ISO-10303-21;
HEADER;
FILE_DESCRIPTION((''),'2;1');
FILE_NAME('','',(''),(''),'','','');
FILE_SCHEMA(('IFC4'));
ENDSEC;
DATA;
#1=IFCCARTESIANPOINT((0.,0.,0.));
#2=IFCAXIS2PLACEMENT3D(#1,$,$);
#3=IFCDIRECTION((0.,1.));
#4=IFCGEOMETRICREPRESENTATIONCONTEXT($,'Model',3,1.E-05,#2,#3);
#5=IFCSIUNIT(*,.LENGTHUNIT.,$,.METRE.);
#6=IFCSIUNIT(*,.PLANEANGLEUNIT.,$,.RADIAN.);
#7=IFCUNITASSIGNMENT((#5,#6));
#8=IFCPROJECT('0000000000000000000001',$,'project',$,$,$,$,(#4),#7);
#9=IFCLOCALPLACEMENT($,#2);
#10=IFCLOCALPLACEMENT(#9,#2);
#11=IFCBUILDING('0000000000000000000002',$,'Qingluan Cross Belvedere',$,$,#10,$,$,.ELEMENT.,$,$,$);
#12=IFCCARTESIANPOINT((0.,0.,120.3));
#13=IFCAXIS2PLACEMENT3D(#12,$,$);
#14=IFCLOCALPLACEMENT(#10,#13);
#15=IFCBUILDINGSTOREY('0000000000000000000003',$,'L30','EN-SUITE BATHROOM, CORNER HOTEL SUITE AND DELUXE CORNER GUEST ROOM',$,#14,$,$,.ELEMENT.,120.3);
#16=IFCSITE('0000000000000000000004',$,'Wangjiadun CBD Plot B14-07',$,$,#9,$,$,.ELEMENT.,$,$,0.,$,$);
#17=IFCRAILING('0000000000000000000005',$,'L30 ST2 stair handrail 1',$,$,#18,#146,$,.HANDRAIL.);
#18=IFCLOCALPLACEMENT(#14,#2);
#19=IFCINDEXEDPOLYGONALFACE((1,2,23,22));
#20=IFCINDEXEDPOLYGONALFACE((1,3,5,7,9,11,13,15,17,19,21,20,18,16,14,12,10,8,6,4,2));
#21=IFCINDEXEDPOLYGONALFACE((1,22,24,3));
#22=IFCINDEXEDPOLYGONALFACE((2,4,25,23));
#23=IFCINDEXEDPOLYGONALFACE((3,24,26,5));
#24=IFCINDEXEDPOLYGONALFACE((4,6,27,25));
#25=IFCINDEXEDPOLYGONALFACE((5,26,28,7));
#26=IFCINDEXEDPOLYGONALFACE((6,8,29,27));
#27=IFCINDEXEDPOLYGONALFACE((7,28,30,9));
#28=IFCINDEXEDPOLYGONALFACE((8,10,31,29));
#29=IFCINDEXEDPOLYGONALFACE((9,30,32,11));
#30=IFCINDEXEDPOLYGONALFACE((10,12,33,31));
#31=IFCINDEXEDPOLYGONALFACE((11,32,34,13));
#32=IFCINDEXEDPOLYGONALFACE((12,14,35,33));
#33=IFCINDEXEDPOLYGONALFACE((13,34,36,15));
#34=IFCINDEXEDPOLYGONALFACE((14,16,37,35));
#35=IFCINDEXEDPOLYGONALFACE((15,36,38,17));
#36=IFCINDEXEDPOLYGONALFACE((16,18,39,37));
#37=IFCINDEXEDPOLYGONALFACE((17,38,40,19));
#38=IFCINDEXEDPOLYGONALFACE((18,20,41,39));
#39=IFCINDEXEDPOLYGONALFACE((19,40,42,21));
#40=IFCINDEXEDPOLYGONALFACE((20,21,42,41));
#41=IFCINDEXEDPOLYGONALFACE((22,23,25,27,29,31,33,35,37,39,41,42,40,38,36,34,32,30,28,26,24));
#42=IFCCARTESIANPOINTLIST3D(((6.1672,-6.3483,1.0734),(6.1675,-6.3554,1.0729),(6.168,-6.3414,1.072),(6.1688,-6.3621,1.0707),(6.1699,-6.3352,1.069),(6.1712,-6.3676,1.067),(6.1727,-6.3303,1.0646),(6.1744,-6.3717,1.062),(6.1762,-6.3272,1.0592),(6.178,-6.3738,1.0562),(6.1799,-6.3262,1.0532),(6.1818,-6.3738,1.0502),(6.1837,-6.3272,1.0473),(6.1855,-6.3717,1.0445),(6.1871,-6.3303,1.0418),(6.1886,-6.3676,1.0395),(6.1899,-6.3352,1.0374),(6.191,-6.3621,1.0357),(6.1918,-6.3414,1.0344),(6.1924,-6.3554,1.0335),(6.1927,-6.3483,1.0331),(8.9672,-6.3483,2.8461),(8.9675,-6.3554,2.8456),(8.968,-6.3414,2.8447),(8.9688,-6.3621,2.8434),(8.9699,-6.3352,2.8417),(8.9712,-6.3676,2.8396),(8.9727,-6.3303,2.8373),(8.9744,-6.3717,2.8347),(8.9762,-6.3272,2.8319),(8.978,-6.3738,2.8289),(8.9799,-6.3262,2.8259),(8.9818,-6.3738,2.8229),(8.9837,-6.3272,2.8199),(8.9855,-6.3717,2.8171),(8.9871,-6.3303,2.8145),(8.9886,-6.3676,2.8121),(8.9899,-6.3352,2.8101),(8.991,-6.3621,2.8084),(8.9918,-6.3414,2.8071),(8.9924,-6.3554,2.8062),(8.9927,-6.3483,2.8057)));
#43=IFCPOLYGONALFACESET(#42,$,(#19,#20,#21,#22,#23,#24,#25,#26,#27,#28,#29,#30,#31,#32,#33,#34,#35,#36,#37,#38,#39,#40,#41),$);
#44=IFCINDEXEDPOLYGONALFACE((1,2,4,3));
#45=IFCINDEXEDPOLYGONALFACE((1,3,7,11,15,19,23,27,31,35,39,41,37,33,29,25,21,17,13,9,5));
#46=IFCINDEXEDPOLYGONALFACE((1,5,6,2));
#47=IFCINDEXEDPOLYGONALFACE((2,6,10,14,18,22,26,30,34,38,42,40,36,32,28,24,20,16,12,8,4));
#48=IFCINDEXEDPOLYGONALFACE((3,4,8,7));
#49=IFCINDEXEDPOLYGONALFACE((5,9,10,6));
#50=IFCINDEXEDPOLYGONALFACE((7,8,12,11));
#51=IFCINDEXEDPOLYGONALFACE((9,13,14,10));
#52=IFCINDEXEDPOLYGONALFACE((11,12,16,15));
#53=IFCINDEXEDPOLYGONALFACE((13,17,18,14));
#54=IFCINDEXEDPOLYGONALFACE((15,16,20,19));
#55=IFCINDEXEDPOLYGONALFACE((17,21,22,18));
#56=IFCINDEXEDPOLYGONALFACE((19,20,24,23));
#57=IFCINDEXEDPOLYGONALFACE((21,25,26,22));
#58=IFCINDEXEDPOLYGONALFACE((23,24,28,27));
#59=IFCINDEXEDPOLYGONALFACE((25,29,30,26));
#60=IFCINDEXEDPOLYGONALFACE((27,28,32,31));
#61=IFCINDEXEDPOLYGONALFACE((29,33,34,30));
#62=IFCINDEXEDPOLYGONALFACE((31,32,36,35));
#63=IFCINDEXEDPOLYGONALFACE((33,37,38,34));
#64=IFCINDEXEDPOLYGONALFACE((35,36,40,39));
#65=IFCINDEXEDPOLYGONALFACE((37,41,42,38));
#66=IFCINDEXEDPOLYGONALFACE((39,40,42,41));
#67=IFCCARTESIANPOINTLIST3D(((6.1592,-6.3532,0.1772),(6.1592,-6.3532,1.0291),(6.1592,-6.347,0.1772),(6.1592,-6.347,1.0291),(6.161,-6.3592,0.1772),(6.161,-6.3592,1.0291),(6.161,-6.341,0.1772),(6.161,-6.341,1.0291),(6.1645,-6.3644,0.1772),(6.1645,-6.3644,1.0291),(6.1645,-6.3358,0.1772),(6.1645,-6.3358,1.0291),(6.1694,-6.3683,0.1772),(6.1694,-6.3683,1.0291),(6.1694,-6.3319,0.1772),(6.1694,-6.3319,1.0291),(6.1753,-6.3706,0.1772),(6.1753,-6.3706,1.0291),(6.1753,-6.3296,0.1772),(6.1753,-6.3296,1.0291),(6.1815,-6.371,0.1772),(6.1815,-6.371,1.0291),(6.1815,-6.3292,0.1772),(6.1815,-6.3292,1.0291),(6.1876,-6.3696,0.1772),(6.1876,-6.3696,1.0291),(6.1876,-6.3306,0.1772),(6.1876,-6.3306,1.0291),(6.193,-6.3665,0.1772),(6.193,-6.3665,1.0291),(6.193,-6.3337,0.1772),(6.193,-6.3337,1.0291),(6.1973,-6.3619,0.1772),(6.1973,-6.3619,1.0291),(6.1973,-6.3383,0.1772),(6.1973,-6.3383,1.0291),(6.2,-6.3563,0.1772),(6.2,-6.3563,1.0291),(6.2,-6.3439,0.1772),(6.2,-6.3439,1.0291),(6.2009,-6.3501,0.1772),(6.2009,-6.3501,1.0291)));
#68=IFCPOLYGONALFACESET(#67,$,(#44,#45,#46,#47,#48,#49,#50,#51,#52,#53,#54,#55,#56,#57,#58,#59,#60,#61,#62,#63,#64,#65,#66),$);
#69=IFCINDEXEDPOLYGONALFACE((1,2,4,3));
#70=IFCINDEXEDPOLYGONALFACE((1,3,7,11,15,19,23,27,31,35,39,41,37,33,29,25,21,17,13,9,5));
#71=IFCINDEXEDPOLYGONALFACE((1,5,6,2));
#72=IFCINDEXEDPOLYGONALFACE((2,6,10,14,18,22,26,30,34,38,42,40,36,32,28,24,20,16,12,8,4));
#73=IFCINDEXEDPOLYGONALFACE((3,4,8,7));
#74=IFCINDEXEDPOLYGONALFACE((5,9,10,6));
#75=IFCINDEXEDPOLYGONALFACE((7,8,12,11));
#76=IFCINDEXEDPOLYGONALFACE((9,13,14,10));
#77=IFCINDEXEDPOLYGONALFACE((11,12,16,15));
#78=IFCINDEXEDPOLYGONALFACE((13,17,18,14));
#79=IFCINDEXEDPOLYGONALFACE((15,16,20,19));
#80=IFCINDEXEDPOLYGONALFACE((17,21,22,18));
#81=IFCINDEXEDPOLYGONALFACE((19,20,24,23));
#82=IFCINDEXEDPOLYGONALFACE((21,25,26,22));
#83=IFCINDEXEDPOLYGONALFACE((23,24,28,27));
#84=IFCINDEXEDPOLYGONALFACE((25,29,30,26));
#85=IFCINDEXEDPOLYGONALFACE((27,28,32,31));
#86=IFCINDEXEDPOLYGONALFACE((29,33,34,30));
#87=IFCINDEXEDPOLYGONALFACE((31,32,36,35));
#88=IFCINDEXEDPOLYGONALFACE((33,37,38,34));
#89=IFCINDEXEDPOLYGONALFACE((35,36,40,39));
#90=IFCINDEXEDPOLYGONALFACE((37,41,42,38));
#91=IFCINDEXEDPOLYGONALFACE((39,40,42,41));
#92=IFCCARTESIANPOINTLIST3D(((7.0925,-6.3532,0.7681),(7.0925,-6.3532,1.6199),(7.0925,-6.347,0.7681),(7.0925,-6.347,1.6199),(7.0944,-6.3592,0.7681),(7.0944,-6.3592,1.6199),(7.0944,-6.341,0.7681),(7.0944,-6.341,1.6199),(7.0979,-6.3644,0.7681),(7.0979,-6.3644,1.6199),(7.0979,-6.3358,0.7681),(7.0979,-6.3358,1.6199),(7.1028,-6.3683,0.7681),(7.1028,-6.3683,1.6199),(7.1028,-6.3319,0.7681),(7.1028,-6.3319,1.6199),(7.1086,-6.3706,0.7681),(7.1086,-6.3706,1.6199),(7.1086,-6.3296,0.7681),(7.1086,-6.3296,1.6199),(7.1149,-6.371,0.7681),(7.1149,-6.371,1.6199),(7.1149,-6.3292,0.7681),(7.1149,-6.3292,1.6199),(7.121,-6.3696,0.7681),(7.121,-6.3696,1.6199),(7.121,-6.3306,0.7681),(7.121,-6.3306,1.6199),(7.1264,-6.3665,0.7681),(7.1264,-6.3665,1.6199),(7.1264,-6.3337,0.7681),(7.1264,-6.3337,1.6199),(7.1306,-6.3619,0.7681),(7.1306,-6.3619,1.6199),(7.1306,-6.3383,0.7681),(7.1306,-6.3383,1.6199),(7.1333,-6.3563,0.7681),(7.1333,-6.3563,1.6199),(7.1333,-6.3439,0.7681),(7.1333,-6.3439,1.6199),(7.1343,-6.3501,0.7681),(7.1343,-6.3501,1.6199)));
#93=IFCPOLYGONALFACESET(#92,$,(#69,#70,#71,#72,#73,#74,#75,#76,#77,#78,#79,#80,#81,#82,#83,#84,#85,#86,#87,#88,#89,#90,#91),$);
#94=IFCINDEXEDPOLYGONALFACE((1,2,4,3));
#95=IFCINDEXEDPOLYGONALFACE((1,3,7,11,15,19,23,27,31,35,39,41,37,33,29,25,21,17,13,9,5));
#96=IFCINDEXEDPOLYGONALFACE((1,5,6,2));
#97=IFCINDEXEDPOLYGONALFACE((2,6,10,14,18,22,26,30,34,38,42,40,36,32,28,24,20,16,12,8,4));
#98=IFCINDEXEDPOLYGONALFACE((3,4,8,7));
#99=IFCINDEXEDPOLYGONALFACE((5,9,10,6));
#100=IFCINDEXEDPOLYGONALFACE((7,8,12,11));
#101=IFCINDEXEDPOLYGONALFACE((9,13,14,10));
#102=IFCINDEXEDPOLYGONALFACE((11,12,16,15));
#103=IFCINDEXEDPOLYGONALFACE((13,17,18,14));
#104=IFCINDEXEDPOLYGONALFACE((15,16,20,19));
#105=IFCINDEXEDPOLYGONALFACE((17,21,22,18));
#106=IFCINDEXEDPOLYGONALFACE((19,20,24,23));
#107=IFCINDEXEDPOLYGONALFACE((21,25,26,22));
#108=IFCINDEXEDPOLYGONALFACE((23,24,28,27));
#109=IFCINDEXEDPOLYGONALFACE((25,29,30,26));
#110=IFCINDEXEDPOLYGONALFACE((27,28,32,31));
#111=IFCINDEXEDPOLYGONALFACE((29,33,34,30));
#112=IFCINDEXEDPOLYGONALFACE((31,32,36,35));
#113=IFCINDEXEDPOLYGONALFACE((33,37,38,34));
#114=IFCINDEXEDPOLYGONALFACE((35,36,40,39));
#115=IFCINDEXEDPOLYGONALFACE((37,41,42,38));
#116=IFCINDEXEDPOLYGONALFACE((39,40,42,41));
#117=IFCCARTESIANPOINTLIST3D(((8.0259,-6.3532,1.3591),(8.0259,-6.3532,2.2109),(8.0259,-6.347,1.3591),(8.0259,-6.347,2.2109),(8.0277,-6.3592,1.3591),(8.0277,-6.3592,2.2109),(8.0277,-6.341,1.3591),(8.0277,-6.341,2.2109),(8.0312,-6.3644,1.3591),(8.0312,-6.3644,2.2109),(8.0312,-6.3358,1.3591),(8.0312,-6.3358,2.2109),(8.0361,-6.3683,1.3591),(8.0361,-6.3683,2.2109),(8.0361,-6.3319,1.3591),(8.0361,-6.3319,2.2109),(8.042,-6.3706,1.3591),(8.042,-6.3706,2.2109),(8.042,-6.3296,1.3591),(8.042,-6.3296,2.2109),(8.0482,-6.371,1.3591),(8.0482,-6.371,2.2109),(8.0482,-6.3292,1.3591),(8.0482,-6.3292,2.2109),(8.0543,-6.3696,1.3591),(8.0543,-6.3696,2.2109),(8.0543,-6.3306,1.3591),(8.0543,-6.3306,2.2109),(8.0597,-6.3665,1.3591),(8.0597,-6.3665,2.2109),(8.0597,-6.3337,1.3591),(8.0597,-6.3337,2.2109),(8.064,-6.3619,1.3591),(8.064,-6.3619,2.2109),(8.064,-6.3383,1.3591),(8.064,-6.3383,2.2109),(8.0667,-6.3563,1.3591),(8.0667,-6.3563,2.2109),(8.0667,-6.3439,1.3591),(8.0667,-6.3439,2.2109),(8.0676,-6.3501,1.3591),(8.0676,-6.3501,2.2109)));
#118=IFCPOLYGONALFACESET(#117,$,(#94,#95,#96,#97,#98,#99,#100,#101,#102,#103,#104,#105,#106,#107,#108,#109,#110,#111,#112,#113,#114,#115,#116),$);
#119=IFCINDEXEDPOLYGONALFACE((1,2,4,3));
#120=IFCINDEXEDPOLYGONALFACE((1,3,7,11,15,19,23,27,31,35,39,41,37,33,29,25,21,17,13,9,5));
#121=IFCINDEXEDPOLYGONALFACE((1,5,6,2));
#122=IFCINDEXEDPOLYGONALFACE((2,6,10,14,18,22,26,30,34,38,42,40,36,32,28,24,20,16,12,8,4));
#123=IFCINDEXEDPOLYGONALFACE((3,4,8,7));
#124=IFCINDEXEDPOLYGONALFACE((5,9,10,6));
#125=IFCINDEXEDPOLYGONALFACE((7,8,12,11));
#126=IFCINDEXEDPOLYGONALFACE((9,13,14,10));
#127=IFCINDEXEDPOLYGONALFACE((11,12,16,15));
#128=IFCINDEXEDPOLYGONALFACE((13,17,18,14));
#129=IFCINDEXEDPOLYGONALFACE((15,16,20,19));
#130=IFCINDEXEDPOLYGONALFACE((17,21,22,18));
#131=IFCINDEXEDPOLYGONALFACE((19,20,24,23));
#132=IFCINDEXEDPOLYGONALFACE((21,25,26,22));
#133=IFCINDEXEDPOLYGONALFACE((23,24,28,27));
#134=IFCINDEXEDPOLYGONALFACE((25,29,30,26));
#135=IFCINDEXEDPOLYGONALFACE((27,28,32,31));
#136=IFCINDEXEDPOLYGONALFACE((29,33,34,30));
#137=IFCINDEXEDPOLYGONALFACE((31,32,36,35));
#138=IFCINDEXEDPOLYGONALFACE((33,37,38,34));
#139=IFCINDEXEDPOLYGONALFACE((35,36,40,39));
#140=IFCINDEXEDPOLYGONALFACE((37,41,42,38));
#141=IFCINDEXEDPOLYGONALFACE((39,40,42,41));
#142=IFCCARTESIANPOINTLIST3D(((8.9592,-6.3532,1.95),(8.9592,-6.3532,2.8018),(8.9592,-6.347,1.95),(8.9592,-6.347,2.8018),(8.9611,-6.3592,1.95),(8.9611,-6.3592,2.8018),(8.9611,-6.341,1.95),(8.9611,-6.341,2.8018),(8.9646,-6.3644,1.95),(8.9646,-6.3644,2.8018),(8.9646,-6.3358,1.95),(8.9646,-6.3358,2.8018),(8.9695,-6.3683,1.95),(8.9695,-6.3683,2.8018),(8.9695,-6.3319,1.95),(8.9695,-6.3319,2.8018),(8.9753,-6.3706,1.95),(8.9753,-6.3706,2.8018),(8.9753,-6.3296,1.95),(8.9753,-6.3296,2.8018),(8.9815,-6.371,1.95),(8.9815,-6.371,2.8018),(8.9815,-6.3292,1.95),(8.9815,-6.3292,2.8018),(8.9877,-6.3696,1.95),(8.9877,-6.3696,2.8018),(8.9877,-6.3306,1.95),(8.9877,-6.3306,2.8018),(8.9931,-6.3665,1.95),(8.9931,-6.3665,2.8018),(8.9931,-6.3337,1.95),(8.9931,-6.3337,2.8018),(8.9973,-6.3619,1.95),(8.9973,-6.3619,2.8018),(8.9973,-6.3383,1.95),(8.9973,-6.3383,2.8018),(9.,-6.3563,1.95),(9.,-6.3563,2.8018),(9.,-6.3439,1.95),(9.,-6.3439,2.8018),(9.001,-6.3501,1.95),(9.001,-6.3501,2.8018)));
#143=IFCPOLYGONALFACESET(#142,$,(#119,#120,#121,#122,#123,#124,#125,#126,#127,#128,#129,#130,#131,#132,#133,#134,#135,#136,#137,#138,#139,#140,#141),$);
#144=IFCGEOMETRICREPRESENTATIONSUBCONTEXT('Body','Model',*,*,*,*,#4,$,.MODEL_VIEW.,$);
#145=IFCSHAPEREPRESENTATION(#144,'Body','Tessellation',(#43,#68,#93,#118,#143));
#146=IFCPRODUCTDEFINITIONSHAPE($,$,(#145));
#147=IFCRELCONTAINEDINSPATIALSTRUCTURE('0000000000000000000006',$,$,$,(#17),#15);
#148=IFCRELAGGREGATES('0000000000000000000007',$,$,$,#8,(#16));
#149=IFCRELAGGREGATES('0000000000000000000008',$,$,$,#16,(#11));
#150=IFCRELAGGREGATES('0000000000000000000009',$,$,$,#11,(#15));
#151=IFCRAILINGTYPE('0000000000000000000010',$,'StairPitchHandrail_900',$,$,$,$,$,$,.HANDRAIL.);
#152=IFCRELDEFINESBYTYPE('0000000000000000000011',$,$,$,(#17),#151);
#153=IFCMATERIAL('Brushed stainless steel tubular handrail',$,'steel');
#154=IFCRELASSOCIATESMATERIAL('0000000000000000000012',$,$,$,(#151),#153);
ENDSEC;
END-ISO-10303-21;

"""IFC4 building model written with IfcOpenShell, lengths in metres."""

from ifc_helpers import new_model, si_unit, direction, frame, origin, origin_2d, place, context, subcontext, project, spatial, circle, extrude, material, type_object, element, save


model = new_model("IFC4")

# Units and contexts
model_context = context("Model", 3, precision=1e-05, world=origin(), true_north=direction((0.0, 1.0)))
body_context = subcontext(model_context, "Body", "Model", "MODEL_VIEW")
ifc_project = project(units=[si_unit("LENGTHUNIT", "METRE"), si_unit("PLANEANGLEUNIT", "RADIAN")], contexts=[model_context])

# Site, building, storey
site_placement = place(None, origin())
site = spatial("IfcSite", under=ifc_project, at=site_placement, Name="Wangjiadun CBD Plot B14-07", CompositionType="ELEMENT", RefElevation=0.0)
building_placement = place(site_placement, origin())
building = spatial("IfcBuilding", under=site, at=building_placement, Name="Qingluan Cross Belvedere", CompositionType="ELEMENT")
storey_placement = place(building_placement, frame((0.0, 0.0, 120.3)))
storey = spatial("IfcBuildingStorey", under=building, at=storey_placement, Name="L30", Description="EN-SUITE BATHROOM, CORNER HOTEL SUITE AND DELUXE CORNER GUEST ROOM", CompositionType="ELEMENT", Elevation=120.3)

# Railing
ifc_material_1 = material(Name="Brushed stainless steel tubular handrail", Category="steel")
railing_type_1 = type_object("IfcRailingType", Name="StairPitchHandrail_900", PredefinedType="HANDRAIL", material=ifc_material_1)
railing_1_placement = place(storey_placement, frame((6.1799, -6.3501, 0.1772)))
element("IfcRailing", 1, at=railing_1_placement, inside=storey, type_object=railing_type_1, Name="L30 ST2 stair handrail 1", PredefinedType="HANDRAIL", context=body_context, shape_type="SweptSolid", body=[
    extrude(circle(Radius=0.0239, at=origin_2d()), frame((0.0, 0.0, 0.876), z_axis=(0.844909, 0.0, 0.53491), x_axis=(0.0, 1.0, 0.0)), (0.0, 0.0, 1.0), 3.314),
    extrude(circle(Radius=0.021, at=origin_2d()), origin(), (0.0, 0.0, 1.0), 0.8518),
    extrude(circle(Radius=0.021, at=origin_2d()), frame((0.9333, 0.0, 0.5908)), (0.0, 0.0, 1.0), 0.8518),
    extrude(circle(Radius=0.021, at=origin_2d()), frame((1.8667, 0.0, 1.1819)), (0.0, 0.0, 1.0), 0.8518),
    extrude(circle(Radius=0.021, at=origin_2d()), frame((2.8, 0.0, 1.7727)), (0.0, 0.0, 1.0), 0.8518),
])

save(model, "model.ifc")
